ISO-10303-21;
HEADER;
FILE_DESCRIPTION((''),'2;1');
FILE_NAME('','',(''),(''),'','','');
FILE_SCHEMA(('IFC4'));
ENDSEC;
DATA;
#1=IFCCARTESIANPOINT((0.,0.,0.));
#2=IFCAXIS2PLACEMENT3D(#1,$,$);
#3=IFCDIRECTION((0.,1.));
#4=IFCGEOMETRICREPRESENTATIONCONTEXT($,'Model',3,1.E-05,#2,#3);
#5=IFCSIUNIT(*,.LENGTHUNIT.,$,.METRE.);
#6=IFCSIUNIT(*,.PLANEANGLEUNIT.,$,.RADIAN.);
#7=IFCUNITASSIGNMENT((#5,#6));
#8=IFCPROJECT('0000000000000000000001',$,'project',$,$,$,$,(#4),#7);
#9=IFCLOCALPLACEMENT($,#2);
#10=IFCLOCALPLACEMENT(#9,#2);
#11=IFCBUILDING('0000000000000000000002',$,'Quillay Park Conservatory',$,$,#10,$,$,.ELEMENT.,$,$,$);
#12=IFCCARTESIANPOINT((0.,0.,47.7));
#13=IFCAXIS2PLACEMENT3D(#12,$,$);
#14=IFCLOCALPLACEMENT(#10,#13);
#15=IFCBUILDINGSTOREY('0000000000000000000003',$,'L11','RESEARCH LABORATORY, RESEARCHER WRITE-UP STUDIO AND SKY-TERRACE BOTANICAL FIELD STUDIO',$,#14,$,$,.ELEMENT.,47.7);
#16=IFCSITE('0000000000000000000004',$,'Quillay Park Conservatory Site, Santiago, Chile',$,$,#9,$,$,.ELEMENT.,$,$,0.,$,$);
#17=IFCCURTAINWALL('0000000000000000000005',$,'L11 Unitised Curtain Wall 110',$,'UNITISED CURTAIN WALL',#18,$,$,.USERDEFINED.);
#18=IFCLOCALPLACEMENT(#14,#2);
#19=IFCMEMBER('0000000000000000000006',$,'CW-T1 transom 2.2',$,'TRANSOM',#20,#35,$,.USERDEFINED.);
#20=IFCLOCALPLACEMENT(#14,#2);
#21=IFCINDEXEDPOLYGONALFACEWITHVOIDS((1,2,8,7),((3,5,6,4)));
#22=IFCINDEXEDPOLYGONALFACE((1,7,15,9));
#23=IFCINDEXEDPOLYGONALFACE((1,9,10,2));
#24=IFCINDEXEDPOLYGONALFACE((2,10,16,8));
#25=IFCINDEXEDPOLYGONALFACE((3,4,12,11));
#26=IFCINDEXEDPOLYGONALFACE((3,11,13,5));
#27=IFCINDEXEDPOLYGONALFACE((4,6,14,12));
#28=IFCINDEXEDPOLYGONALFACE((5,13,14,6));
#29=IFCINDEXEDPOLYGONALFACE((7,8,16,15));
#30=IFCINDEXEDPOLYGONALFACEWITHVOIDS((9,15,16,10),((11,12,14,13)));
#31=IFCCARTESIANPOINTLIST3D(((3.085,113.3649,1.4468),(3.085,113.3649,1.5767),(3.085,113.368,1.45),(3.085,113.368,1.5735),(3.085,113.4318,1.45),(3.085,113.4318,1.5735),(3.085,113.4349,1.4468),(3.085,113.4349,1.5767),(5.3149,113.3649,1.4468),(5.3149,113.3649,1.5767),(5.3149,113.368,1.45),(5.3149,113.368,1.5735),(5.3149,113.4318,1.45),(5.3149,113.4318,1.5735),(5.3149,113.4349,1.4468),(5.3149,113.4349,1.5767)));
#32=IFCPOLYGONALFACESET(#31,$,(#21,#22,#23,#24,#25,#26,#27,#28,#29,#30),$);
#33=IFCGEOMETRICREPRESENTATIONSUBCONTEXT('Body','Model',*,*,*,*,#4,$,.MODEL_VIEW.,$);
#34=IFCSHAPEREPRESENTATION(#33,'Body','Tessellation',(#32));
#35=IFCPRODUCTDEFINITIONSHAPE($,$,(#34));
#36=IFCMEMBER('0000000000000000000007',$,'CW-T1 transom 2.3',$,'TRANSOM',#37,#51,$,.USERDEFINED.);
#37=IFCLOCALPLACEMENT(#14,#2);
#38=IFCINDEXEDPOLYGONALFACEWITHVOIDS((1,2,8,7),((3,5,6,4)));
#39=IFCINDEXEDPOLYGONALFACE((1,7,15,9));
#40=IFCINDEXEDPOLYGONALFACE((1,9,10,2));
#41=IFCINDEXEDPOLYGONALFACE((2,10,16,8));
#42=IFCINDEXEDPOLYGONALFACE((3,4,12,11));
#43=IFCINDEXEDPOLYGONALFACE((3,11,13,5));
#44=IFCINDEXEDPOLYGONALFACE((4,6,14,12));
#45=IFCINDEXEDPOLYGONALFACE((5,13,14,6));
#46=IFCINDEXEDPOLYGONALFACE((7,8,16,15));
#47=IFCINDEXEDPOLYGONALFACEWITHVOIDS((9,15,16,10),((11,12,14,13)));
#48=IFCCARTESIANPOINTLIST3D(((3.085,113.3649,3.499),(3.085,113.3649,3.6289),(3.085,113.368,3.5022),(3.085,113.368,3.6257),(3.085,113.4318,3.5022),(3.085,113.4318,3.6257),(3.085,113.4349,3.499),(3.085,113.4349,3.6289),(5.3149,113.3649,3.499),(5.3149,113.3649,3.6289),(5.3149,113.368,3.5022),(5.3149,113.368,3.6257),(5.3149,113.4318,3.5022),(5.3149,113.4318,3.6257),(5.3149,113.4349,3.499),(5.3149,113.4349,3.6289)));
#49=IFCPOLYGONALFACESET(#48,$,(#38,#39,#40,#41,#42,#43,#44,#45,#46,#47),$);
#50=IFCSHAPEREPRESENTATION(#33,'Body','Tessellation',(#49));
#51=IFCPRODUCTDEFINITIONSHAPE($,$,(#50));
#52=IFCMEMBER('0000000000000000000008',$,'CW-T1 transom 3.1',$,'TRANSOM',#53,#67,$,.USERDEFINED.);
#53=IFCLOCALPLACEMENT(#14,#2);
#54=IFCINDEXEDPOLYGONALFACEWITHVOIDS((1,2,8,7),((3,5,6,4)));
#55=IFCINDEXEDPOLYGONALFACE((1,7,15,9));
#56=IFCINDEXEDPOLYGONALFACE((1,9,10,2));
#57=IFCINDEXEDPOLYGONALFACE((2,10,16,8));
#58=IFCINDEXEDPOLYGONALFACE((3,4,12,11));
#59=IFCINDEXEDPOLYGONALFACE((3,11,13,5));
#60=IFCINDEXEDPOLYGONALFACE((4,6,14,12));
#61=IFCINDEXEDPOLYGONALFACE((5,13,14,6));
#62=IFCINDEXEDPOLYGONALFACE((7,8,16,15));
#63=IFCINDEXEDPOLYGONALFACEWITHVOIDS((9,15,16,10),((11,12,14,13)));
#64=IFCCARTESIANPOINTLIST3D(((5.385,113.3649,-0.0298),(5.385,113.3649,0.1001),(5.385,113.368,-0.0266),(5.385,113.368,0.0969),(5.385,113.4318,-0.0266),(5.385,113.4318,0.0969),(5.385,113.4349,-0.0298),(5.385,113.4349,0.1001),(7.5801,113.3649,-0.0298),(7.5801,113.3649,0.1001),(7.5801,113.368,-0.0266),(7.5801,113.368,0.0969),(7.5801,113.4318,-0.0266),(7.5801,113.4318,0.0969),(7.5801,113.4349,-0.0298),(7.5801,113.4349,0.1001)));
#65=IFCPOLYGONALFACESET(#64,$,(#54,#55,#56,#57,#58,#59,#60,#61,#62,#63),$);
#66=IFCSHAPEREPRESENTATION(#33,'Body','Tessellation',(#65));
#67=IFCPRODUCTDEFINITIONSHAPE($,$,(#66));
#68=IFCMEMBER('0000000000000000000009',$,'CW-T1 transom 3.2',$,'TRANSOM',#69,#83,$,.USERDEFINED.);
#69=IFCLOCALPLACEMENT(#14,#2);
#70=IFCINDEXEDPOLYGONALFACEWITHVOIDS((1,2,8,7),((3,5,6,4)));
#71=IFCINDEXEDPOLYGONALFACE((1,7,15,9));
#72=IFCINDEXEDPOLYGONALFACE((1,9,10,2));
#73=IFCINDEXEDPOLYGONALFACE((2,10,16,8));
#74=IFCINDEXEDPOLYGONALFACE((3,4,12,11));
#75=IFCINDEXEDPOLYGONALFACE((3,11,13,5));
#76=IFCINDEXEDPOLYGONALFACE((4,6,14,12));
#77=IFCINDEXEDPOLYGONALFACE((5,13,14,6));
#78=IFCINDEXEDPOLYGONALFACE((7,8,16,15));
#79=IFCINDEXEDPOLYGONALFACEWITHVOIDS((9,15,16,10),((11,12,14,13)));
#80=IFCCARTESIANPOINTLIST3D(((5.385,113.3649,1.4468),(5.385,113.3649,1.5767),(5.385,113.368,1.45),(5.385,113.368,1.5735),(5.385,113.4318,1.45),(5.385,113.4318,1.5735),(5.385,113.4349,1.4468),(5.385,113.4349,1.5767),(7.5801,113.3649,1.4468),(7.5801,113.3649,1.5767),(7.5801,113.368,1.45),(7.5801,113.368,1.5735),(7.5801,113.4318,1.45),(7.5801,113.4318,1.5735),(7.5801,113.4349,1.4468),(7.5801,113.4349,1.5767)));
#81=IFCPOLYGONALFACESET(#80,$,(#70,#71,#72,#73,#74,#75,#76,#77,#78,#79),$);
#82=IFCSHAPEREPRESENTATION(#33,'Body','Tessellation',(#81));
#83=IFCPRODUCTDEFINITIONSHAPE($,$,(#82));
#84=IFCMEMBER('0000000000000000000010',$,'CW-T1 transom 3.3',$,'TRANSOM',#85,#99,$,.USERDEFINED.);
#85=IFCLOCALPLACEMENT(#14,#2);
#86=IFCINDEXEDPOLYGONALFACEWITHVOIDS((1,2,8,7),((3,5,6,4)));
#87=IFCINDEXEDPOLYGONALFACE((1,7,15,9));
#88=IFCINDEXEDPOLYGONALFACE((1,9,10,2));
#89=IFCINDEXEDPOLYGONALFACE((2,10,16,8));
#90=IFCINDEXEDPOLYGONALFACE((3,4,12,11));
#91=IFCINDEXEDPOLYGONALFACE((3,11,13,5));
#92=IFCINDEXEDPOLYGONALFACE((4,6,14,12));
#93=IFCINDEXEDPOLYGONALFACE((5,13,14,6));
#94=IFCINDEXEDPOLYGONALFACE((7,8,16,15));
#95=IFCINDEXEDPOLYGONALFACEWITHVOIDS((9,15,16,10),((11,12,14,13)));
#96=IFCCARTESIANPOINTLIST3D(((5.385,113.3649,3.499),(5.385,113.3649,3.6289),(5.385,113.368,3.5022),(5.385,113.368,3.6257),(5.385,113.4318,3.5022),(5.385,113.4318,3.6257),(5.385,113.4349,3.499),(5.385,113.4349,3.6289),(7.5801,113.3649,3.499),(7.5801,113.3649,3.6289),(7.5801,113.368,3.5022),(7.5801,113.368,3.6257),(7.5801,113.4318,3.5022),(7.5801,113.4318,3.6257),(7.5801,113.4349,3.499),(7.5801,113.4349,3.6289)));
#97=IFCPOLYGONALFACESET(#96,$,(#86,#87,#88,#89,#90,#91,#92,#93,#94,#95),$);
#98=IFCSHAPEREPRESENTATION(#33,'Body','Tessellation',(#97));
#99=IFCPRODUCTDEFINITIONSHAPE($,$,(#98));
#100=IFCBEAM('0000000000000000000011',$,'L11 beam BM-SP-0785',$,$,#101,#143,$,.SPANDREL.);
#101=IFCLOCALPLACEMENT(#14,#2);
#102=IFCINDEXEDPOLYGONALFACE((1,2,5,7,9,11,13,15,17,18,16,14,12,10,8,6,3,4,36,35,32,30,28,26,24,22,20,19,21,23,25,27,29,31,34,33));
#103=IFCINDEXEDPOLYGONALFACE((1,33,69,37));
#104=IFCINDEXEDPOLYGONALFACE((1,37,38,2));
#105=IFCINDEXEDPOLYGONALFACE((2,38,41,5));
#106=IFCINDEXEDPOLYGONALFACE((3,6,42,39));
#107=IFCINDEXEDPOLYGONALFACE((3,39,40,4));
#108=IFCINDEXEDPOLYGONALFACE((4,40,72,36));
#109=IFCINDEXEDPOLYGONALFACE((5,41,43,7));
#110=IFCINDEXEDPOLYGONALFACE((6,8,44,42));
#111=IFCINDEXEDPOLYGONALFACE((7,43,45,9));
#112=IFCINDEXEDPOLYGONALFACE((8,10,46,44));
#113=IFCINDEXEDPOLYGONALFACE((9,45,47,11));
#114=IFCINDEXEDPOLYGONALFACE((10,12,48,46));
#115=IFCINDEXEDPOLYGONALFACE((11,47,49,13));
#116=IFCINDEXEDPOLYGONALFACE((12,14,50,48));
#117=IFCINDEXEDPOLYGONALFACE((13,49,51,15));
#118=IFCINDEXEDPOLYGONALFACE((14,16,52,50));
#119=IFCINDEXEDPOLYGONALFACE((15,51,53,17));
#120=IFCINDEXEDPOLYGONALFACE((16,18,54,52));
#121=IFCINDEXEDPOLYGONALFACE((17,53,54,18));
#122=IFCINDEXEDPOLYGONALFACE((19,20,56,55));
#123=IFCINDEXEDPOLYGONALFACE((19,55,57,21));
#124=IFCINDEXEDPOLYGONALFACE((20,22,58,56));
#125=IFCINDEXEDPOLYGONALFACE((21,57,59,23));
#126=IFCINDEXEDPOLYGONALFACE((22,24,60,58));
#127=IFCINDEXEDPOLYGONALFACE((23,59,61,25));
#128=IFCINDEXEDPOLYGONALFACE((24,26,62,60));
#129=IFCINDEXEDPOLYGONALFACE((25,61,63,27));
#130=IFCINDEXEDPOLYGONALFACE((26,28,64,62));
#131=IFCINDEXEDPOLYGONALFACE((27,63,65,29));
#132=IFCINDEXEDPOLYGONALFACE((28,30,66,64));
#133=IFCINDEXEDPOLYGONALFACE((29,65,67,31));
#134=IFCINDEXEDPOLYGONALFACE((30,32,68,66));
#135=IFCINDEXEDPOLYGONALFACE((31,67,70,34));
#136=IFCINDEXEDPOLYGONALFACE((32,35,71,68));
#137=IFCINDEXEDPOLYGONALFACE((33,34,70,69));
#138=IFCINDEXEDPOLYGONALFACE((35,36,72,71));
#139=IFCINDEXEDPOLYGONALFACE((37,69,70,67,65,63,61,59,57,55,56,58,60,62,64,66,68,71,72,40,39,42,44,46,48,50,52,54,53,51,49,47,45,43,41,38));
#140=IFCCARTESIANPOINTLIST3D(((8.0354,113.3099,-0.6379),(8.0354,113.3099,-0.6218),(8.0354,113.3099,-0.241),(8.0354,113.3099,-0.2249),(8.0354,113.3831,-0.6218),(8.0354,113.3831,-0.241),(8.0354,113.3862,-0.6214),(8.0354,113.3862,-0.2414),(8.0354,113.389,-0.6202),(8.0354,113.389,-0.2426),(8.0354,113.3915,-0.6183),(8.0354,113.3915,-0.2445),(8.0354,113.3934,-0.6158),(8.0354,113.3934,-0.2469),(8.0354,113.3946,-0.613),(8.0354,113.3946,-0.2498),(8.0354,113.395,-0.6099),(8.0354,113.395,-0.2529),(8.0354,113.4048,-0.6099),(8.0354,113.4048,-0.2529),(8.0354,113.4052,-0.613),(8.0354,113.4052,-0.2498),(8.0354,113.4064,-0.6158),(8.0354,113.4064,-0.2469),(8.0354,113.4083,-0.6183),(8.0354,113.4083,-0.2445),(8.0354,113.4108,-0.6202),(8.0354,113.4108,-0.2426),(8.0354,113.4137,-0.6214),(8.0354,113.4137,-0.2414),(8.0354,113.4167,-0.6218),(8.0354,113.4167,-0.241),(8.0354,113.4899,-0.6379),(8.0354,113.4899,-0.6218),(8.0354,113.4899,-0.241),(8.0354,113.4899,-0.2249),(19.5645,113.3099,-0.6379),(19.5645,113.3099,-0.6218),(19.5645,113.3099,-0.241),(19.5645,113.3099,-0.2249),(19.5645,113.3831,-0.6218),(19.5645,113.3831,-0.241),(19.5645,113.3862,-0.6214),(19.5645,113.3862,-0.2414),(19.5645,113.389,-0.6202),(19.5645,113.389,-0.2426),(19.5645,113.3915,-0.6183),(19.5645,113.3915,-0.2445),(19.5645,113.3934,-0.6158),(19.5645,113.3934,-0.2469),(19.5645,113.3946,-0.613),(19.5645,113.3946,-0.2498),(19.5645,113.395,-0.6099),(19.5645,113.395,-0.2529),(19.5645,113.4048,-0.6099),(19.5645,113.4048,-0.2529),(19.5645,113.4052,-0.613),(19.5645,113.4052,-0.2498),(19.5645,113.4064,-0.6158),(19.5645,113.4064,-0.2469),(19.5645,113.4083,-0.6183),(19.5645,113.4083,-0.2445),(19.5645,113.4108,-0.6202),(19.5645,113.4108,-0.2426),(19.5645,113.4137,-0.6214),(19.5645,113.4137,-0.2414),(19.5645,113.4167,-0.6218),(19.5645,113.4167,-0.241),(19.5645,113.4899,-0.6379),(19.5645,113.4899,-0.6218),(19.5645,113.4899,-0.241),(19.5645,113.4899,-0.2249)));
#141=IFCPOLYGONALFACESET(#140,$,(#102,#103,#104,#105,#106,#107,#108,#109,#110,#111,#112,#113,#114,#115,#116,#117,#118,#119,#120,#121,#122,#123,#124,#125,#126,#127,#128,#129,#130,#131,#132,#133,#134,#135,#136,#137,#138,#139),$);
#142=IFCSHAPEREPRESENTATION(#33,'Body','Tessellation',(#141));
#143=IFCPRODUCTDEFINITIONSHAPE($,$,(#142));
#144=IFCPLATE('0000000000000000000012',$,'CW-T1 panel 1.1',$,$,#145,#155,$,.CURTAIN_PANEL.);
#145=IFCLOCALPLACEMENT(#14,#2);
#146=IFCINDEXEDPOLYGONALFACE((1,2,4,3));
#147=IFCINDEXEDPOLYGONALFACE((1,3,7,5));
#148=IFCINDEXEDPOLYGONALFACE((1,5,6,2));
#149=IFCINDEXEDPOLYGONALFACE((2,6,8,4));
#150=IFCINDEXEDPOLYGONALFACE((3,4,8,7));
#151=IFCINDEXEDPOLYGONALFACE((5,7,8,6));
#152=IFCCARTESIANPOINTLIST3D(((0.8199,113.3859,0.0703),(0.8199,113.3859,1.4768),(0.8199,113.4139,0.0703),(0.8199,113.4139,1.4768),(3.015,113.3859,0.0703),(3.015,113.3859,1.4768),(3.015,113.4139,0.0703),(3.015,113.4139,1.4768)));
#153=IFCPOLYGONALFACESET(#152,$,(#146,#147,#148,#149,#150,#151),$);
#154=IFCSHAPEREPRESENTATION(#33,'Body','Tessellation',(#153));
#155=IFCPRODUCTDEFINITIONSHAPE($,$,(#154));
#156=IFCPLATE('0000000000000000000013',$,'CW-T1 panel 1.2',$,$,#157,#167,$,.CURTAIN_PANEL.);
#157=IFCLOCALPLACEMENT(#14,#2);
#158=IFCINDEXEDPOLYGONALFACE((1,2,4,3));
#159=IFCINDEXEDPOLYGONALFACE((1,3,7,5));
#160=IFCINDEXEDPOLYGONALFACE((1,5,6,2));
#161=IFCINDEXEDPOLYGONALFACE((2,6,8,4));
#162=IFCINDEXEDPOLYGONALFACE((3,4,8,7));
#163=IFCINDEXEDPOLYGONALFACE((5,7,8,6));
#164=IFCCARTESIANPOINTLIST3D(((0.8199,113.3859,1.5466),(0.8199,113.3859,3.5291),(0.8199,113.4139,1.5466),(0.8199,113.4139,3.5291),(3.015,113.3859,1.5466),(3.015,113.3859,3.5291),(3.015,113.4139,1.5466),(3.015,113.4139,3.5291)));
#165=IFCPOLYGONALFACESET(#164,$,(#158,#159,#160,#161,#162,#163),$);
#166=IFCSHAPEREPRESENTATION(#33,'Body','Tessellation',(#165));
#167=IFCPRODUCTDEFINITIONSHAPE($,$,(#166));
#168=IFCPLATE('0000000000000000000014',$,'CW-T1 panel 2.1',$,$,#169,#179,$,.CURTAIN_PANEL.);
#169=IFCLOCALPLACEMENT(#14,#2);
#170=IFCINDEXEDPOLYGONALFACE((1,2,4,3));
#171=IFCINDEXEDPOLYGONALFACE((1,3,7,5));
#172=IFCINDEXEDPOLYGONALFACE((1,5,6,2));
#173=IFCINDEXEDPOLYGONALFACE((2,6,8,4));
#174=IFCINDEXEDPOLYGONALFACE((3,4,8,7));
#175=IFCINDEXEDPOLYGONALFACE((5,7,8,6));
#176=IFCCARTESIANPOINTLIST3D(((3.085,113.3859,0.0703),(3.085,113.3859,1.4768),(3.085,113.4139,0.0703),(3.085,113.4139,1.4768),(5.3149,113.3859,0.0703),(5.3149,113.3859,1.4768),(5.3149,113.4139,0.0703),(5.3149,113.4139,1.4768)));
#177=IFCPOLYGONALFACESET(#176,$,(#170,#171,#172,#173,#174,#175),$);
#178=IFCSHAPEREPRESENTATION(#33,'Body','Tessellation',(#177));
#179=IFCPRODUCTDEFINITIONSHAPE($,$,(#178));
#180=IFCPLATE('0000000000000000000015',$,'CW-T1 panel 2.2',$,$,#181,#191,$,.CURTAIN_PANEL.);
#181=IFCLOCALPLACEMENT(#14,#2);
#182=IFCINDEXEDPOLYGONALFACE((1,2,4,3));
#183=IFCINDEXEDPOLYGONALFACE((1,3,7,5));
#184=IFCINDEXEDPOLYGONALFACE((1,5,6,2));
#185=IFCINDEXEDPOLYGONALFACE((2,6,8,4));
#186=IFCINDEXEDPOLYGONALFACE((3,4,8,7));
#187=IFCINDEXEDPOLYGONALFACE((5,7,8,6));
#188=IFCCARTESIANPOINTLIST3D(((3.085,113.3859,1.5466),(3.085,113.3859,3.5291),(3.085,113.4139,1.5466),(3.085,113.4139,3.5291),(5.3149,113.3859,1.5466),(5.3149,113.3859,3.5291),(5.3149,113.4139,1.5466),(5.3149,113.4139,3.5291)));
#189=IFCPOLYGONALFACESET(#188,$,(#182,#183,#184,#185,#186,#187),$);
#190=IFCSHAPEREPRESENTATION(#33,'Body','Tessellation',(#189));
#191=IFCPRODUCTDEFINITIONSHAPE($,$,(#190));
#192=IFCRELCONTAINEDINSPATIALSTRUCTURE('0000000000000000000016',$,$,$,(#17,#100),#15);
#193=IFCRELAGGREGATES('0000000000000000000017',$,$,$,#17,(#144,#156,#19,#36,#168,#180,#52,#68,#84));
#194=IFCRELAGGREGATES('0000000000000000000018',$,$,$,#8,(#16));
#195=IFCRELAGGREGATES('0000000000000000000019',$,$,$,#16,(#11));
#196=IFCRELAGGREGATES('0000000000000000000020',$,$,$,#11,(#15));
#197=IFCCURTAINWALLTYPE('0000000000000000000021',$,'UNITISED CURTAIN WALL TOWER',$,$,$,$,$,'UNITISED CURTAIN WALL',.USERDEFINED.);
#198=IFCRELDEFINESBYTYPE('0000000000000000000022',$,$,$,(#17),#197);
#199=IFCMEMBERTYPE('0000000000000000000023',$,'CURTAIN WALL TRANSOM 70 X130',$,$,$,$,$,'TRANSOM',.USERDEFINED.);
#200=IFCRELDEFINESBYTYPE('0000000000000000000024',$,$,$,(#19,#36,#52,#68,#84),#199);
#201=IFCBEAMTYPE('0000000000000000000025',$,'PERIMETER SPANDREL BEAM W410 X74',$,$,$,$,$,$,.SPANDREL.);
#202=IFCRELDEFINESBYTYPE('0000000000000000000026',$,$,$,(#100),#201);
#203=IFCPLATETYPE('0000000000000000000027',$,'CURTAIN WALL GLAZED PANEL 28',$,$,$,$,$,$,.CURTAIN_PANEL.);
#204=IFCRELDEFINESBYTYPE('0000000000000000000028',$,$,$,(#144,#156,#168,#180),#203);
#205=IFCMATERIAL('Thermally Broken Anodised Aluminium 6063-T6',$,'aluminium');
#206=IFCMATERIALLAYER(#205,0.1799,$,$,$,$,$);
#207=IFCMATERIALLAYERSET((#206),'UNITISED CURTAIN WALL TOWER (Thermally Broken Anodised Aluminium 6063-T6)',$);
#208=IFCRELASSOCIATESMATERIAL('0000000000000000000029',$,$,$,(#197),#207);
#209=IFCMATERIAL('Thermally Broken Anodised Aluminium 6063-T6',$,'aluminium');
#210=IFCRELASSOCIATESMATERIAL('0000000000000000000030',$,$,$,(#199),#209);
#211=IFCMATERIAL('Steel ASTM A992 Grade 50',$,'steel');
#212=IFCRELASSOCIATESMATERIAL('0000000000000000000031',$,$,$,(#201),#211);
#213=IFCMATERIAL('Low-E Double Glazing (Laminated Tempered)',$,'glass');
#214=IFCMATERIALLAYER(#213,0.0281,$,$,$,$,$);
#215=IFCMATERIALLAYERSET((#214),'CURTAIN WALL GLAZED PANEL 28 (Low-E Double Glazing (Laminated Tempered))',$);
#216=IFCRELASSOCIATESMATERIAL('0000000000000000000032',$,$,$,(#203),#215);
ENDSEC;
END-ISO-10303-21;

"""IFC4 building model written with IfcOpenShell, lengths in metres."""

from ifc_helpers import new_model, si_unit, direction, frame, origin, origin_2d, place, context, subcontext, project, spatial, rectangle, hollow_rectangle, i_section, extrude, material, layer, layer_set, material_profile, profile_set, type_object, element, aggregate, save


model = new_model("IFC4")

# Units and contexts
model_context = context("Model", 3, precision=1e-05, world=origin(), true_north=direction((0.0, 1.0)))
body_context = subcontext(model_context, "Body", "Model", "MODEL_VIEW")
ifc_project = project(units=[si_unit("LENGTHUNIT", "METRE"), si_unit("PLANEANGLEUNIT", "RADIAN")], contexts=[model_context])

# Site, building, storey
site_placement = place(None, origin())
site = spatial("IfcSite", under=ifc_project, at=site_placement, Name="Quillay Park Conservatory Site, Santiago, Chile", CompositionType="ELEMENT", RefElevation=0.0)
building_placement = place(site_placement, origin())
building = spatial("IfcBuilding", under=site, at=building_placement, Name="Quillay Park Conservatory", CompositionType="ELEMENT")
storey_placement = place(building_placement, frame((0.0, 0.0, 47.7)))
storey = spatial("IfcBuildingStorey", under=building, at=storey_placement, Name="L11", Description="RESEARCH LABORATORY, RESEARCHER WRITE-UP STUDIO AND SKY-TERRACE BOTANICAL FIELD STUDIO", CompositionType="ELEMENT", Elevation=47.7)

# Curtain wall
ifc_material_1 = material(Name="Thermally Broken Anodised Aluminium 6063-T6", Category="aluminium")
ifc_layer_1 = layer(ifc_material_1, 0.1799)
ifc_layer_set_1 = layer_set([ifc_layer_1], Name="UNITISED CURTAIN WALL TOWER (Thermally Broken Anodised Aluminium 6063-T6)")
curtain_wall_type = type_object("IfcCurtainWallType", Name="UNITISED CURTAIN WALL TOWER", ElementType="UNITISED CURTAIN WALL", PredefinedType="USERDEFINED", material=ifc_layer_set_1)
curtain_wall_1_placement = place(storey_placement, origin())
curtain_wall_1 = element("IfcCurtainWall", 1, at=curtain_wall_1_placement, inside=storey, type_object=curtain_wall_type, Name="L11 Unitised Curtain Wall 110", ObjectType="UNITISED CURTAIN WALL", PredefinedType="USERDEFINED")

# Members
ifc_material_2 = material(Name="Thermally Broken Anodised Aluminium 6063-T6", Category="aluminium")
ifc_material_profile_1 = material_profile(ifc_material_2, hollow_rectangle(XDim=0.0701, YDim=0.1299, WallThickness=0.0032, at=origin_2d()), Name="AL70x130x3.2")
ifc_profile_set_1 = profile_set([ifc_material_profile_1], Name="Thermally Broken Anodised Aluminium 6063-T6")
member_type_1 = type_object("IfcMemberType", Name="CURTAIN WALL TRANSOM 70 X130", ElementType="TRANSOM", PredefinedType="USERDEFINED", material=ifc_profile_set_1)
member_1_placement = place(storey_placement, frame((3.085, 113.3999, 1.5117), z_axis=(1.0, 0.0, 0.0), x_axis=(0.0, 1.0, 0.0)))
member_1 = element("IfcMember", 2, at=member_1_placement, type_object=member_type_1, Name="CW-T1 transom 2.2", ObjectType="TRANSOM", PredefinedType="USERDEFINED", context=body_context, shape_type="SweptSolid", body=[
    extrude(hollow_rectangle(XDim=0.0701, YDim=0.1299, WallThickness=0.0032, at=origin_2d()), origin(), (0.0, 0.0, 1.0), 2.23),
])
member_2_placement = place(storey_placement, frame((3.085, 113.3999, 3.564), z_axis=(1.0, 0.0, 0.0), x_axis=(0.0, 1.0, 0.0)))
member_2 = element("IfcMember", 3, at=member_2_placement, type_object=member_type_1, Name="CW-T1 transom 2.3", ObjectType="TRANSOM", PredefinedType="USERDEFINED", context=body_context, shape_type="SweptSolid", body=[
    extrude(hollow_rectangle(XDim=0.0701, YDim=0.1299, WallThickness=0.0032, at=origin_2d()), origin(), (0.0, 0.0, 1.0), 2.23),
])
member_3_placement = place(storey_placement, frame((5.385, 113.3999, 0.0352), z_axis=(1.0, 0.0, 0.0), x_axis=(0.0, 1.0, 0.0)))
member_3 = element("IfcMember", 4, at=member_3_placement, type_object=member_type_1, Name="CW-T1 transom 3.1", ObjectType="TRANSOM", PredefinedType="USERDEFINED", context=body_context, shape_type="SweptSolid", body=[
    extrude(hollow_rectangle(XDim=0.0701, YDim=0.1299, WallThickness=0.0032, at=origin_2d()), origin(), (0.0, 0.0, 1.0), 2.1951),
])
member_4_placement = place(storey_placement, frame((5.385, 113.3999, 1.5117), z_axis=(1.0, 0.0, 0.0), x_axis=(0.0, 1.0, 0.0)))
member_4 = element("IfcMember", 5, at=member_4_placement, type_object=member_type_1, Name="CW-T1 transom 3.2", ObjectType="TRANSOM", PredefinedType="USERDEFINED", context=body_context, shape_type="SweptSolid", body=[
    extrude(hollow_rectangle(XDim=0.0701, YDim=0.1299, WallThickness=0.0032, at=origin_2d()), origin(), (0.0, 0.0, 1.0), 2.1951),
])
member_5_placement = place(storey_placement, frame((5.385, 113.3999, 3.564), z_axis=(1.0, 0.0, 0.0), x_axis=(0.0, 1.0, 0.0)))
member_5 = element("IfcMember", 6, at=member_5_placement, type_object=member_type_1, Name="CW-T1 transom 3.3", ObjectType="TRANSOM", PredefinedType="USERDEFINED", context=body_context, shape_type="SweptSolid", body=[
    extrude(hollow_rectangle(XDim=0.0701, YDim=0.1299, WallThickness=0.0032, at=origin_2d()), origin(), (0.0, 0.0, 1.0), 2.1951),
])

# Beam
ifc_material_3 = material(Name="Steel ASTM A992 Grade 50", Category="steel")
ifc_material_profile_2 = material_profile(ifc_material_3, i_section(OverallWidth=0.1799, OverallDepth=0.4131, WebThickness=0.0098, FlangeThickness=0.0161, FilletRadius=0.012, at=origin_2d()), Name="W410x74")
ifc_profile_set_2 = profile_set([ifc_material_profile_2], Name="Steel ASTM A992 Grade 50")
beam_type = type_object("IfcBeamType", Name="PERIMETER SPANDREL BEAM W410 X74", PredefinedType="SPANDREL", material=ifc_profile_set_2)
beam_placement = place(storey_placement, frame((8.0354, 113.3999, -0.4314), z_axis=(1.0, 0.0, 0.0), x_axis=(0.0, 1.0, 0.0)))
element("IfcBeam", 7, at=beam_placement, inside=storey, type_object=beam_type, Name="L11 beam BM-SP-0785", PredefinedType="SPANDREL", context=body_context, shape_type="SweptSolid", body=[
    extrude(i_section(OverallWidth=0.1799, OverallDepth=0.4131, WebThickness=0.0098, FlangeThickness=0.0161, FilletRadius=0.012, at=origin_2d()), origin(), (0.0, 0.0, 1.0), 11.5291),
])

# Plates
ifc_material_4 = material(Name="Low-E Double Glazing (Laminated Tempered)", Category="glass")
ifc_layer_2 = layer(ifc_material_4, 0.0281)
ifc_layer_set_2 = layer_set([ifc_layer_2], Name="CURTAIN WALL GLAZED PANEL 28 (Low-E Double Glazing (Laminated Tempered))")
plate_type = type_object("IfcPlateType", Name="CURTAIN WALL GLAZED PANEL 28", PredefinedType="CURTAIN_PANEL", material=ifc_layer_set_2)
plate_1_placement = place(storey_placement, frame((1.9175, 113.3999, 0.0703), z_axis=(0.0, 0.0, 1.0), x_axis=(1.0, 0.0, 0.0)))
plate_1 = element("IfcPlate", 8, at=plate_1_placement, type_object=plate_type, Name="CW-T1 panel 1.1", PredefinedType="CURTAIN_PANEL", context=body_context, shape_type="SweptSolid", body=[
    extrude(rectangle(XDim=2.1951, YDim=0.0281, at=origin_2d()), origin(), (0.0, 0.0, 1.0), 1.4065),
])
plate_2_placement = place(storey_placement, frame((1.9175, 113.3999, 1.5466), z_axis=(0.0, 0.0, 1.0), x_axis=(1.0, 0.0, 0.0)))
plate_2 = element("IfcPlate", 9, at=plate_2_placement, type_object=plate_type, Name="CW-T1 panel 1.2", PredefinedType="CURTAIN_PANEL", context=body_context, shape_type="SweptSolid", body=[
    extrude(rectangle(XDim=2.1951, YDim=0.0281, at=origin_2d()), origin(), (0.0, 0.0, 1.0), 1.9824),
])
plate_3_placement = place(storey_placement, frame((4.2, 113.3999, 0.0703), z_axis=(0.0, 0.0, 1.0), x_axis=(1.0, 0.0, 0.0)))
plate_3 = element("IfcPlate", 10, at=plate_3_placement, type_object=plate_type, Name="CW-T1 panel 2.1", PredefinedType="CURTAIN_PANEL", context=body_context, shape_type="SweptSolid", body=[
    extrude(rectangle(XDim=2.23, YDim=0.0281, at=origin_2d()), origin(), (0.0, 0.0, 1.0), 1.4065),
])
plate_4_placement = place(storey_placement, frame((4.2, 113.3999, 1.5466), z_axis=(0.0, 0.0, 1.0), x_axis=(1.0, 0.0, 0.0)))
plate_4 = element("IfcPlate", 11, at=plate_4_placement, type_object=plate_type, Name="CW-T1 panel 2.2", PredefinedType="CURTAIN_PANEL", context=body_context, shape_type="SweptSolid", body=[
    extrude(rectangle(XDim=2.23, YDim=0.0281, at=origin_2d()), origin(), (0.0, 0.0, 1.0), 1.9824),
])
aggregate(curtain_wall_1, [plate_1, plate_2, member_1, member_2, plate_3, plate_4, member_3, member_4, member_5])

save(model, "model.ifc")
